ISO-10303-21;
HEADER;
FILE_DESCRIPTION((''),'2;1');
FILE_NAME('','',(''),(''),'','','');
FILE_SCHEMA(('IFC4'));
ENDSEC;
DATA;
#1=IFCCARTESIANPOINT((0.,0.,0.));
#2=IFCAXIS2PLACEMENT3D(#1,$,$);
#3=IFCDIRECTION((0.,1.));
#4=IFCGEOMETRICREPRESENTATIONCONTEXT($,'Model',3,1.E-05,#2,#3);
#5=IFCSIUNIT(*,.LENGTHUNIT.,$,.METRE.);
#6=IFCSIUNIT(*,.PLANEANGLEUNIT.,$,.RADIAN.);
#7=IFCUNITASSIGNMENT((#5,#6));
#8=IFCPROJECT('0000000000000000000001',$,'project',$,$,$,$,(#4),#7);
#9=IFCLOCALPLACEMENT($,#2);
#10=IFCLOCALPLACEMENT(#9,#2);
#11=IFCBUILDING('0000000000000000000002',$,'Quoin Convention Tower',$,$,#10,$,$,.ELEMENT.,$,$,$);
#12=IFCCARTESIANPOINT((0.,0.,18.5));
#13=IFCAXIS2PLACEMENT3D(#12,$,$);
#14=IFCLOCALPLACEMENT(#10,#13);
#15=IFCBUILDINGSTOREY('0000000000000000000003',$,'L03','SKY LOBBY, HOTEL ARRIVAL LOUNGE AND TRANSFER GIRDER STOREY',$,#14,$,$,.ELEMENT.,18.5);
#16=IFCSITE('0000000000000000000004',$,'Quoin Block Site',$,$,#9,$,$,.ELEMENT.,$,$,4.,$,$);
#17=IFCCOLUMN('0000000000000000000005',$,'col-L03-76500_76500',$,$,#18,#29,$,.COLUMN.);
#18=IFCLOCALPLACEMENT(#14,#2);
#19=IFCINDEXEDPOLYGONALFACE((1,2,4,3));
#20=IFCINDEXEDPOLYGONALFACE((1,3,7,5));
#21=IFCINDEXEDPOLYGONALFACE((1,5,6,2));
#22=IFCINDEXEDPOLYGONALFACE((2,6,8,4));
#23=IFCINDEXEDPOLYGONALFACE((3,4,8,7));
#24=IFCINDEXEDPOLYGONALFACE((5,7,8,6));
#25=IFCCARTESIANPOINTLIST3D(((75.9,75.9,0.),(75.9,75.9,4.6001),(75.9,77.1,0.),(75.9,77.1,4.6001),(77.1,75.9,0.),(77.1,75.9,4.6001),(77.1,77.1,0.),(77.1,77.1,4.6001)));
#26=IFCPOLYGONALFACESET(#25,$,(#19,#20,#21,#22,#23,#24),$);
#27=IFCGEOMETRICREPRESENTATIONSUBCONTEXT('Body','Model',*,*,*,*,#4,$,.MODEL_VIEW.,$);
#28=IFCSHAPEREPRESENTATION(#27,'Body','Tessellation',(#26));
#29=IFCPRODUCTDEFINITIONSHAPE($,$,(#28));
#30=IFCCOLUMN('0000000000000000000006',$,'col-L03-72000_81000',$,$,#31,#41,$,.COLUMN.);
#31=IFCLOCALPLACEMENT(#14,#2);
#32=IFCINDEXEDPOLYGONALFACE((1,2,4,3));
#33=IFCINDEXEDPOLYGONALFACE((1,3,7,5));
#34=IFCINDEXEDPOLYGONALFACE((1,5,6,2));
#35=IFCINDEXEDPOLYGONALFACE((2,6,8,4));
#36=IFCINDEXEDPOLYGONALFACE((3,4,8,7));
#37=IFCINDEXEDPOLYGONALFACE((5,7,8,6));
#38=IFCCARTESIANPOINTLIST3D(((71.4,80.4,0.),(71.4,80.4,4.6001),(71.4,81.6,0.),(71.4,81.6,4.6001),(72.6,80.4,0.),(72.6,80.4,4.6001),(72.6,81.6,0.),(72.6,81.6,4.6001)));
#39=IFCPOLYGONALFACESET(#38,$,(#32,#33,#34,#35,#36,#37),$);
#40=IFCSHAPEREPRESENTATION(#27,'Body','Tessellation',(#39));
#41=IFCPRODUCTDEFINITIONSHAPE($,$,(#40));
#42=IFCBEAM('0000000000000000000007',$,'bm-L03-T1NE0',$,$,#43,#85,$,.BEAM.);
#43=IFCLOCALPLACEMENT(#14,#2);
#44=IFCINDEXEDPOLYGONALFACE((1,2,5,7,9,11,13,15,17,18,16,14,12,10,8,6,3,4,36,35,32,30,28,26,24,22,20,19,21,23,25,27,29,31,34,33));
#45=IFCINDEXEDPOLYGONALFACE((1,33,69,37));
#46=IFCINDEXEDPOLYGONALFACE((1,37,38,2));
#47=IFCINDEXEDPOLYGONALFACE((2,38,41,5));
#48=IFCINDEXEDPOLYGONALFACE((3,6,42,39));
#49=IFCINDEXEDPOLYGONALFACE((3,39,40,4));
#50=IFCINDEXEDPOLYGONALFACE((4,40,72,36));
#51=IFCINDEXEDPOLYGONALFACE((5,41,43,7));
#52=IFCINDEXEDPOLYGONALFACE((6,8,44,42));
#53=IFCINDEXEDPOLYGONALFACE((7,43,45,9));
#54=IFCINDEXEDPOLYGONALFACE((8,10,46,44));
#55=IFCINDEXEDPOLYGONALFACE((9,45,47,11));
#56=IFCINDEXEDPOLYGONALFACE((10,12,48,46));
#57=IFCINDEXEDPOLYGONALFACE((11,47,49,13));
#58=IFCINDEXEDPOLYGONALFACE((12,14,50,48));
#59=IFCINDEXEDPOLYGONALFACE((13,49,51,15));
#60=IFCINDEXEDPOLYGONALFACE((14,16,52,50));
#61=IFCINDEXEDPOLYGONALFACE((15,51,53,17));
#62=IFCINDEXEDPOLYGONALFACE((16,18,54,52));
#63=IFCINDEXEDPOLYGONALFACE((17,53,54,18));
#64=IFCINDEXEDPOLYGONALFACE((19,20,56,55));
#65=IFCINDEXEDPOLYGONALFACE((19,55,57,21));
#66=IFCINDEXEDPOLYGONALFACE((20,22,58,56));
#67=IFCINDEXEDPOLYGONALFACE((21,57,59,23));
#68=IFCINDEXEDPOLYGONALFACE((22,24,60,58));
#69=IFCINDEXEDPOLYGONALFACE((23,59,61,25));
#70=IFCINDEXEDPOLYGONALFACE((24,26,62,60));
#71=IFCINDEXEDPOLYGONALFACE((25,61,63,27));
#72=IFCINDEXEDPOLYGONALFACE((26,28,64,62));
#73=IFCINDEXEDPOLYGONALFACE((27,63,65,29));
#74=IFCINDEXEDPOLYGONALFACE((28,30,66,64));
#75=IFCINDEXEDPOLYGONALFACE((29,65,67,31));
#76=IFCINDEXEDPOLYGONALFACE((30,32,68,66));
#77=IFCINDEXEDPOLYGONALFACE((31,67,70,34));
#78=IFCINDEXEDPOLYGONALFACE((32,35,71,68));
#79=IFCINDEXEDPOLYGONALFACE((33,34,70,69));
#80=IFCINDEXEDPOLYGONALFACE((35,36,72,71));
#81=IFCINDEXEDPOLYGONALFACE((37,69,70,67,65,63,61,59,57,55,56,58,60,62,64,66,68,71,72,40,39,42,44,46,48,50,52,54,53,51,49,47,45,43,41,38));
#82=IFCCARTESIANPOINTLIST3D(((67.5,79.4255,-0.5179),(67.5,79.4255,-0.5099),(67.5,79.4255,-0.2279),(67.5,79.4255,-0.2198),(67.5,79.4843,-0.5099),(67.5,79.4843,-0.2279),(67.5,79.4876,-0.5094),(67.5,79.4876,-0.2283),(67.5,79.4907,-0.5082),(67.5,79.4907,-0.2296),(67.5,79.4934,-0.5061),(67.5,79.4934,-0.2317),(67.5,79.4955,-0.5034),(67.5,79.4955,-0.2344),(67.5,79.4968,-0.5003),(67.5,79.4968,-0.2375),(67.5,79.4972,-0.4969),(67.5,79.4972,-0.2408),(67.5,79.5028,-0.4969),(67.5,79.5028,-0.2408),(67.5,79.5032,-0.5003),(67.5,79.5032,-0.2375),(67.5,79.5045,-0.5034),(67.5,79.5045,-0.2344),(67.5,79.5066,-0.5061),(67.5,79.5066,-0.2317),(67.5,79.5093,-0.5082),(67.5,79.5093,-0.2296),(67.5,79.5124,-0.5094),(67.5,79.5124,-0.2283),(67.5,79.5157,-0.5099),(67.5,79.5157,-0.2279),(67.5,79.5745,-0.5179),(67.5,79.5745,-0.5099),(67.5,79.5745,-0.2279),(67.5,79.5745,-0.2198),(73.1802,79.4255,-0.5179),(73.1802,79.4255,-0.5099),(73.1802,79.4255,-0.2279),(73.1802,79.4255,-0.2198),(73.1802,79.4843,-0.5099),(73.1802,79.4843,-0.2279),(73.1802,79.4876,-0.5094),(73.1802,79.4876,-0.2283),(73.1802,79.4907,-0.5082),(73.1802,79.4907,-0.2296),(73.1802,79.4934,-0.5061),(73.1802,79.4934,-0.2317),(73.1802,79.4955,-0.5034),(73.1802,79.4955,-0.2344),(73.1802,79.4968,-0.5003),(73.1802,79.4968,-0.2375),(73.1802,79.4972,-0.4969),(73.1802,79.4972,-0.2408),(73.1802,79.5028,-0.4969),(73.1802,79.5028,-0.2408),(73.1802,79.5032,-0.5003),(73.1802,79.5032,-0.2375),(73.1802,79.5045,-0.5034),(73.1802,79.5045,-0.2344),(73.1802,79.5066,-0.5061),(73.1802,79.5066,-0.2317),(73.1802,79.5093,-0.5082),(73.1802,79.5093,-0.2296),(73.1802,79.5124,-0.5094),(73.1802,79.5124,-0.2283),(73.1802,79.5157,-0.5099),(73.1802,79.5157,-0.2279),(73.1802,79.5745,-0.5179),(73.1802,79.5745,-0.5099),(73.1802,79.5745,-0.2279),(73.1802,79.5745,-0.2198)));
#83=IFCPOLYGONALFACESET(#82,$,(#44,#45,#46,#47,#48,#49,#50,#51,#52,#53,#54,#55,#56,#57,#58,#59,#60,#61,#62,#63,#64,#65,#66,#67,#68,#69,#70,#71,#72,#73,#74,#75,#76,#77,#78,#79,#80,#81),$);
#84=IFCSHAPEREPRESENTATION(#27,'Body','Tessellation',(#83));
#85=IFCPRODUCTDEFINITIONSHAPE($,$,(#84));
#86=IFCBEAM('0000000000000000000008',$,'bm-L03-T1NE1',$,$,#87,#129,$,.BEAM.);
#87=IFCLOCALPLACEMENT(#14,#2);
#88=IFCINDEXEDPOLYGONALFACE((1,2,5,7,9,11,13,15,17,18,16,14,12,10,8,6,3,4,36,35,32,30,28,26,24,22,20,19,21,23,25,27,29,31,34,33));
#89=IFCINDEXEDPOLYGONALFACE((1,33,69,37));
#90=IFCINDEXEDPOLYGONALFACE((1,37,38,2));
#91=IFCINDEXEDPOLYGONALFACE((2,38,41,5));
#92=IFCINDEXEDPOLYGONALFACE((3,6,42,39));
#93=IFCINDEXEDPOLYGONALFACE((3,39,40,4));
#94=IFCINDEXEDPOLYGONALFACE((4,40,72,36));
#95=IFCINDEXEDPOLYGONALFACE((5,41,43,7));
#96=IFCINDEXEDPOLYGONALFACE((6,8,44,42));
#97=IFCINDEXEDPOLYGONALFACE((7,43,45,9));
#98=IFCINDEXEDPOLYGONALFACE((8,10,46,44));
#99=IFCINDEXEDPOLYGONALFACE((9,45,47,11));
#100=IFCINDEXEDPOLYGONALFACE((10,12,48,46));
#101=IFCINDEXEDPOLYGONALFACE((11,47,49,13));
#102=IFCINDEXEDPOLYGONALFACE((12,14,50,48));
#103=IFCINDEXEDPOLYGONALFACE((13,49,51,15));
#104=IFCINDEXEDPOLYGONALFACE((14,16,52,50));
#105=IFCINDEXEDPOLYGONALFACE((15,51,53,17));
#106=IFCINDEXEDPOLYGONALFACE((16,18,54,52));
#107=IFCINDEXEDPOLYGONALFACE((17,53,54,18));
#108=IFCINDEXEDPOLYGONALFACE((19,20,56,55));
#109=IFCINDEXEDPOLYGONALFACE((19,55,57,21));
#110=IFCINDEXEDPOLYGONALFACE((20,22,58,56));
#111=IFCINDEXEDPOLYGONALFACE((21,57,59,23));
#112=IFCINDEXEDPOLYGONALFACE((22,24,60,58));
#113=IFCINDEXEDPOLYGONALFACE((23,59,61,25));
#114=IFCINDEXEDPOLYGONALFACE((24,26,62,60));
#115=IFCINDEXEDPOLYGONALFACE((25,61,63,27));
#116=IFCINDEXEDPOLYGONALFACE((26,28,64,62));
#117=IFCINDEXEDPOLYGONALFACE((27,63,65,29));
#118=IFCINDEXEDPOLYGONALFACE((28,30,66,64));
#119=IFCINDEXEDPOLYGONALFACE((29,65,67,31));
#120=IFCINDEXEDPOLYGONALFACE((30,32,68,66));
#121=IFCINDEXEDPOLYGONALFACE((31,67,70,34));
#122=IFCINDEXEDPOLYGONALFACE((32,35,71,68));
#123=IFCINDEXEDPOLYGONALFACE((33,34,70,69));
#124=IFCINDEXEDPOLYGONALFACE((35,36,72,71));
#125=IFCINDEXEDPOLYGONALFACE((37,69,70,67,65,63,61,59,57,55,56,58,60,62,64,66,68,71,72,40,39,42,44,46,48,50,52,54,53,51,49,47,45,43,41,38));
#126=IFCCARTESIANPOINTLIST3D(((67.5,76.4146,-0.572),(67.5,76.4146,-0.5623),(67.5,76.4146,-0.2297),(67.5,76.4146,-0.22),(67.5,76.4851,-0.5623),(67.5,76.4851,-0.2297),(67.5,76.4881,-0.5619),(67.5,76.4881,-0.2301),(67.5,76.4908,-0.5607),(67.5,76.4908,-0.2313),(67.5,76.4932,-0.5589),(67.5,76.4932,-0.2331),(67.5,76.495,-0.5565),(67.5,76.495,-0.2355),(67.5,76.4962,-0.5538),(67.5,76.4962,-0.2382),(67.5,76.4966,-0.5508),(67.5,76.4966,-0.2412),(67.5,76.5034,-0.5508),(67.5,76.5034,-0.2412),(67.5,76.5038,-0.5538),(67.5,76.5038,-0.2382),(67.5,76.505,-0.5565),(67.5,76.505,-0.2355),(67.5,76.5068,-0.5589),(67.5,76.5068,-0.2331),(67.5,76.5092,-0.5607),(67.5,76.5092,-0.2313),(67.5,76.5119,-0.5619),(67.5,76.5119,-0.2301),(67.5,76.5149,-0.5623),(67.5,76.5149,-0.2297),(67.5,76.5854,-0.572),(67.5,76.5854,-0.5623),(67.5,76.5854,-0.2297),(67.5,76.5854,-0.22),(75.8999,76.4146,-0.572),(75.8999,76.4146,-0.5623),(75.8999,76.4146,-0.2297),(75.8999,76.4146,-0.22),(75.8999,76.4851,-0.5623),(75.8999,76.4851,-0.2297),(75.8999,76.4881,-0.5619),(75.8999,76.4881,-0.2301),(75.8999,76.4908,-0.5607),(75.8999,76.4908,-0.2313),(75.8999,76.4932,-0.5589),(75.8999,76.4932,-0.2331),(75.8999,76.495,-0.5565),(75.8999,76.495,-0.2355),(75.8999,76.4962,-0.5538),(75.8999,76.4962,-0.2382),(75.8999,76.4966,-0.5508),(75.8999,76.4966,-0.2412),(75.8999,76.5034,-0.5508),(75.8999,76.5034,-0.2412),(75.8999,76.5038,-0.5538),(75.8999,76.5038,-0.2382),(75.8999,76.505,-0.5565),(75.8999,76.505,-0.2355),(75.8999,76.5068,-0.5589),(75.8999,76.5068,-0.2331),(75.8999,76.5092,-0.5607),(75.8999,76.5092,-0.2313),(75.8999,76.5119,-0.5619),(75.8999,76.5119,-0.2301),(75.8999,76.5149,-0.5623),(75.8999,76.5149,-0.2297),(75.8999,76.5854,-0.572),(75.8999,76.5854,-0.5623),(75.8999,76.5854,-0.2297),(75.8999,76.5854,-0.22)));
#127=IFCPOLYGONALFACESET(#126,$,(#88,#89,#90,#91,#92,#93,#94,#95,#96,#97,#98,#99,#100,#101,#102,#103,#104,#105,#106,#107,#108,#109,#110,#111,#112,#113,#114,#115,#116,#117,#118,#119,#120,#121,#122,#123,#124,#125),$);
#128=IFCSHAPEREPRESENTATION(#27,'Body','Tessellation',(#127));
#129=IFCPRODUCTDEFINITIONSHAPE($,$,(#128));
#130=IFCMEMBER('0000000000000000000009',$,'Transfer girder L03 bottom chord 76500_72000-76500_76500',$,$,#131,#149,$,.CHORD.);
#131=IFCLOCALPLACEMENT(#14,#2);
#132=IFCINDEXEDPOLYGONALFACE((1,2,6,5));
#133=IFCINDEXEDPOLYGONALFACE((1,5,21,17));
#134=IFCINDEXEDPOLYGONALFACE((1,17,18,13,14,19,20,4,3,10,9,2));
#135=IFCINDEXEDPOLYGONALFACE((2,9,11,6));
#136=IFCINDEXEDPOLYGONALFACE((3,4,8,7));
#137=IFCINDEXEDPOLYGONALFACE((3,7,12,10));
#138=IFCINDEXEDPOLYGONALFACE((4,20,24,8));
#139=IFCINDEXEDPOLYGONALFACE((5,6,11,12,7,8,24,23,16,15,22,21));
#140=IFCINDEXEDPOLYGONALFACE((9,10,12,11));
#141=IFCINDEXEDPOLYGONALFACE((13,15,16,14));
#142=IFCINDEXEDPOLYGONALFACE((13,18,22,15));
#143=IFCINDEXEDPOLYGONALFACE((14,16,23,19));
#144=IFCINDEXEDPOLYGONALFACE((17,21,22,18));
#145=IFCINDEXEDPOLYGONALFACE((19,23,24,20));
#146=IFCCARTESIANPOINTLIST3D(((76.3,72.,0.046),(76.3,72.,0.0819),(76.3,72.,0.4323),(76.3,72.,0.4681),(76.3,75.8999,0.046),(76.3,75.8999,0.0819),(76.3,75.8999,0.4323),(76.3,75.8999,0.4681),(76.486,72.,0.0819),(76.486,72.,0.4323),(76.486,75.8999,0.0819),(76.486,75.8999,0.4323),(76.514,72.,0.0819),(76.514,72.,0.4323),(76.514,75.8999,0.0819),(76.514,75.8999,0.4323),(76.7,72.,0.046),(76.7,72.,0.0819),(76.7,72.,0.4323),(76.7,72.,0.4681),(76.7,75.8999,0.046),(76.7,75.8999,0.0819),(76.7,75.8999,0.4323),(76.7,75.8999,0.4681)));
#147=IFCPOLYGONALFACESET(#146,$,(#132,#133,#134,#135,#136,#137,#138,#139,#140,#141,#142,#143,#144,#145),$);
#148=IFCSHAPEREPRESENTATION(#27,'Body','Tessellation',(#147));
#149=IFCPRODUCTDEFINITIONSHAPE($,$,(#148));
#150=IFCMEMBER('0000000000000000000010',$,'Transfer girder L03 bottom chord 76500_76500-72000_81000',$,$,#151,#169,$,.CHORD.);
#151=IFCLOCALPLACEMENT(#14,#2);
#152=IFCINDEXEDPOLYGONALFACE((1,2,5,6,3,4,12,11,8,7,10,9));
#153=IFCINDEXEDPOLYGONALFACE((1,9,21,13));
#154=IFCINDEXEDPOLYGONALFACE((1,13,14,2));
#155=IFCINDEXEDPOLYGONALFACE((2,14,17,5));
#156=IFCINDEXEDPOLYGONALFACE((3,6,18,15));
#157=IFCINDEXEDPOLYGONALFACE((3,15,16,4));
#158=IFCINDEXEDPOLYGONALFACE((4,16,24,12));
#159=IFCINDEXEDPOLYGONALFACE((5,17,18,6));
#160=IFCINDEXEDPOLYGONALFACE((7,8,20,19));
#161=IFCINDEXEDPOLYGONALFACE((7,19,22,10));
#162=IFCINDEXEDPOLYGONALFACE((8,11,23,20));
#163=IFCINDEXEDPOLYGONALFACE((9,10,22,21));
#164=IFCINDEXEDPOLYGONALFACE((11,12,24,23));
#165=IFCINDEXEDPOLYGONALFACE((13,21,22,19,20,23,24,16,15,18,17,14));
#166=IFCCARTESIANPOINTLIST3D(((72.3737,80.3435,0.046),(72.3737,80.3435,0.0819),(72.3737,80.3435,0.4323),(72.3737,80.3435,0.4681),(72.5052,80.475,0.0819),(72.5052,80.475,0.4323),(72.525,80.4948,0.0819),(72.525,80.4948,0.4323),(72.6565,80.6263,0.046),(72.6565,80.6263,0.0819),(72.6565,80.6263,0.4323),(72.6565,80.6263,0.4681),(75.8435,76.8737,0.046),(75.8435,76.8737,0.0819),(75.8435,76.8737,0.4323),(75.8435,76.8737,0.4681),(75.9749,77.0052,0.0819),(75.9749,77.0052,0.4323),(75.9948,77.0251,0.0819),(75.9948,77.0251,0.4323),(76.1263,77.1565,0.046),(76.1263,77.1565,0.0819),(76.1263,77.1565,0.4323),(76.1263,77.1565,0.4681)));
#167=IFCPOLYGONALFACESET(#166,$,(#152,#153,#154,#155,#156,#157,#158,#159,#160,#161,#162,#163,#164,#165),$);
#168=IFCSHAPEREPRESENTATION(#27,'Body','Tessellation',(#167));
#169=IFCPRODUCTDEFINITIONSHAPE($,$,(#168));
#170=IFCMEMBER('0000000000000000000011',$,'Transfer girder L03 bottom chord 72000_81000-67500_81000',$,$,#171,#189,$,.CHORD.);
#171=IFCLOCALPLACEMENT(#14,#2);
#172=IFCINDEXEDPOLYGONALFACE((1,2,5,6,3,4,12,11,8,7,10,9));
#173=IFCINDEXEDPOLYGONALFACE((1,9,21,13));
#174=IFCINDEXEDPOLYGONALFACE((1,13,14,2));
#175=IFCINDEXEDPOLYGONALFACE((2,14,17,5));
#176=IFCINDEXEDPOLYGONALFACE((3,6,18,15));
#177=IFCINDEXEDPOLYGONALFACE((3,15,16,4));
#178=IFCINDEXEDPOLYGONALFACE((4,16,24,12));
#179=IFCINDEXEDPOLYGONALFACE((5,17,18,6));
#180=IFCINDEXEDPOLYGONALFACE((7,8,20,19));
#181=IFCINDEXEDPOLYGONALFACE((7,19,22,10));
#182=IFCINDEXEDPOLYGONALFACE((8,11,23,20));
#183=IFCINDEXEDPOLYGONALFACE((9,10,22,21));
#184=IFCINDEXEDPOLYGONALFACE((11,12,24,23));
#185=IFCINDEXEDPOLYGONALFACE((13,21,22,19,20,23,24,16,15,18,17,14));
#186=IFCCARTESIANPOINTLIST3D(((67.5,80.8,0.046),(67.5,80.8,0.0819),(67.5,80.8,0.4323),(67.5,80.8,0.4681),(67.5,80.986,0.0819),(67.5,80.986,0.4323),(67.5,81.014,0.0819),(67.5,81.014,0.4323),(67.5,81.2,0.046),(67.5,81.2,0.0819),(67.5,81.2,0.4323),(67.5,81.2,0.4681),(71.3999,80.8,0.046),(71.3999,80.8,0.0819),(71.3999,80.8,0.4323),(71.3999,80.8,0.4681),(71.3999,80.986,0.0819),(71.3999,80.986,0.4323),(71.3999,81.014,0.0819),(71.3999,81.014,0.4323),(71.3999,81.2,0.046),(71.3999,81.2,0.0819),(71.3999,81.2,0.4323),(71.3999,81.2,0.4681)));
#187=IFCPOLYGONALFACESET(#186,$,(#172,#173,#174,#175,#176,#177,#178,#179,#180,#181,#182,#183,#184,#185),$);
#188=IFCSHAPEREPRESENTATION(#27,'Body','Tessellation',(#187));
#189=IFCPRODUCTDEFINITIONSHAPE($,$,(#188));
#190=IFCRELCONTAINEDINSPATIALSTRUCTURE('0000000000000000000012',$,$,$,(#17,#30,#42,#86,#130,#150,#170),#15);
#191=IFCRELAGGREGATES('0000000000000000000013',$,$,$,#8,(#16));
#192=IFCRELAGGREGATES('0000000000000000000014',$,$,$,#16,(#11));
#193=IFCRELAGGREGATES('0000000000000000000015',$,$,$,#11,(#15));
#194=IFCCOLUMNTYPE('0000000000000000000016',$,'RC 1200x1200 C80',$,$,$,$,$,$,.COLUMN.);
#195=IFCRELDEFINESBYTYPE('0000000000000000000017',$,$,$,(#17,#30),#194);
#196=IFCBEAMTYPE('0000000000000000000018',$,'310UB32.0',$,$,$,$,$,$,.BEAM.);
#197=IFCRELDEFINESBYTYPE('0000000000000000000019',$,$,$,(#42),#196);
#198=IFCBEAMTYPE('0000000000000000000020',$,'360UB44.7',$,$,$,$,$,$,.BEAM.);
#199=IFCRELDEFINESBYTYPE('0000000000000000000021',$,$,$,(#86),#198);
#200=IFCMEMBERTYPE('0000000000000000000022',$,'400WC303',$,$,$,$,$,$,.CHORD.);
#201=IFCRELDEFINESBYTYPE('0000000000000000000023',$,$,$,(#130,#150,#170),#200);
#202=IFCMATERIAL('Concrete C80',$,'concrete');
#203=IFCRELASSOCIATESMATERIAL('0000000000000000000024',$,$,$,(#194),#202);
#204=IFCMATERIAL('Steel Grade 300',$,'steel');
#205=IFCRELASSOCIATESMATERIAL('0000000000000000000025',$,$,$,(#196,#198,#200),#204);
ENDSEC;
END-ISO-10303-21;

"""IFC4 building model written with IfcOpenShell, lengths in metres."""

from ifc_helpers import new_model, si_unit, direction, frame, origin, origin_2d, place, context, subcontext, project, spatial, rectangle, i_section, extrude, material, material_profile, profile_set, type_object, element, save


model = new_model("IFC4")

# Units and contexts
model_context = context("Model", 3, precision=1e-05, world=origin(), true_north=direction((0.0, 1.0)))
body_context = subcontext(model_context, "Body", "Model", "MODEL_VIEW")
ifc_project = project(units=[si_unit("LENGTHUNIT", "METRE"), si_unit("PLANEANGLEUNIT", "RADIAN")], contexts=[model_context])

# Site, building, storey
site_placement = place(None, origin())
site = spatial("IfcSite", under=ifc_project, at=site_placement, Name="Quoin Block Site", CompositionType="ELEMENT", RefElevation=4.0)
building_placement = place(site_placement, origin())
building = spatial("IfcBuilding", under=site, at=building_placement, Name="Quoin Convention Tower", CompositionType="ELEMENT")
storey_placement = place(building_placement, frame((0.0, 0.0, 18.5)))
storey = spatial("IfcBuildingStorey", under=building, at=storey_placement, Name="L03", Description="SKY LOBBY, HOTEL ARRIVAL LOUNGE AND TRANSFER GIRDER STOREY", CompositionType="ELEMENT", Elevation=18.5)

# Columns
ifc_material_1 = material(Name="Concrete C80", Category="concrete")
ifc_material_profile_1 = material_profile(ifc_material_1, rectangle(XDim=1.2, YDim=1.2, at=origin_2d()), Name="RC 1200x1200")
ifc_profile_set_1 = profile_set([ifc_material_profile_1], Name="Concrete C80")
column_type = type_object("IfcColumnType", Name="RC 1200x1200 C80", PredefinedType="COLUMN", material=ifc_profile_set_1)
for number, where, z_axis, x_axis, name in (
    (1, (76.5, 76.5, 0.0), (0.0, 0.0, 1.0), (1.0, 0.0, 0.0), "col-L03-76500_76500"),
    (2, (72.0, 81.0, 0.0), (0.0, 0.0, 1.0), (1.0, 0.0, 0.0), "col-L03-72000_81000"),
):
    element("IfcColumn", number, at=place(storey_placement, frame(where, z_axis=z_axis, x_axis=x_axis)), inside=storey, type_object=column_type, Name=name, PredefinedType="COLUMN", context=body_context, shape_type="SweptSolid", body=[
        extrude(rectangle(XDim=1.2, YDim=1.2, at=origin_2d()), origin(), (0.0, 0.0, 1.0), 4.6001),
    ])

# Beams
ifc_material_2 = material(Name="Steel Grade 300", Category="steel")
ifc_material_profile_2 = material_profile(ifc_material_2, i_section(OverallWidth=0.1489, OverallDepth=0.2981, WebThickness=0.0056, FlangeThickness=0.0081, FilletRadius=0.0129, at=origin_2d()), Name="310UB32.0")
ifc_profile_set_2 = profile_set([ifc_material_profile_2], Name="Steel Grade 300")
beam_type_1 = type_object("IfcBeamType", Name="310UB32.0", PredefinedType="BEAM", material=ifc_profile_set_2)
beam_1_placement = place(storey_placement, frame((67.5, 79.5, -0.3689), z_axis=(1.0, 0.0, 0.0), x_axis=(0.0, 1.0, 0.0)))
element("IfcBeam", 3, at=beam_1_placement, inside=storey, type_object=beam_type_1, Name="bm-L03-T1NE0", PredefinedType="BEAM", context=body_context, shape_type="SweptSolid", body=[
    extrude(i_section(OverallWidth=0.1489, OverallDepth=0.2981, WebThickness=0.0056, FlangeThickness=0.0081, FilletRadius=0.0129, at=origin_2d()), origin(), (0.0, 0.0, 1.0), 5.6802),
])
ifc_material_profile_3 = material_profile(ifc_material_2, i_section(OverallWidth=0.1709, OverallDepth=0.3521, WebThickness=0.0068, FlangeThickness=0.0098, FilletRadius=0.0115, at=origin_2d()), Name="360UB44.7")
ifc_profile_set_3 = profile_set([ifc_material_profile_3], Name="Steel Grade 300")
beam_type_2 = type_object("IfcBeamType", Name="360UB44.7", PredefinedType="BEAM", material=ifc_profile_set_3)
beam_2_placement = place(storey_placement, frame((67.5, 76.5, -0.396), z_axis=(1.0, 0.0, 0.0), x_axis=(0.0, 1.0, 0.0)))
element("IfcBeam", 4, at=beam_2_placement, inside=storey, type_object=beam_type_2, Name="bm-L03-T1NE1", PredefinedType="BEAM", context=body_context, shape_type="SweptSolid", body=[
    extrude(i_section(OverallWidth=0.1709, OverallDepth=0.3521, WebThickness=0.0068, FlangeThickness=0.0098, FilletRadius=0.0115, at=origin_2d()), origin(), (0.0, 0.0, 1.0), 8.3999),
])

# Members
ifc_material_profile_4 = material_profile(ifc_material_2, i_section(OverallWidth=0.3999, OverallDepth=0.4221, WebThickness=0.0281, FlangeThickness=0.0359, at=origin_2d()), Name="400WC303")
ifc_profile_set_4 = profile_set([ifc_material_profile_4], Name="Steel Grade 300")
member_type_1 = type_object("IfcMemberType", Name="400WC303", PredefinedType="CHORD", material=ifc_profile_set_4)
member_1_placement = place(storey_placement, frame((76.5, 72.0, 0.2571), z_axis=(0.0, 1.0, 0.0), x_axis=(-1.0, 0.0, 0.0)))
element("IfcMember", 5, at=member_1_placement, inside=storey, type_object=member_type_1, Name="Transfer girder L03 bottom chord 76500_72000-76500_76500", PredefinedType="CHORD", context=body_context, shape_type="SweptSolid", body=[
    extrude(i_section(OverallWidth=0.3999, OverallDepth=0.4221, WebThickness=0.0281, FlangeThickness=0.0359, at=origin_2d()), origin(), (0.0, 0.0, 1.0), 3.8999),
])
member_2_placement = place(storey_placement, frame((75.9849, 77.0151, 0.2571), z_axis=(-0.707107, 0.707107, 0.0), x_axis=(-0.707107, -0.707107, 0.0)))
element("IfcMember", 6, at=member_2_placement, inside=storey, type_object=member_type_1, Name="Transfer girder L03 bottom chord 76500_76500-72000_81000", PredefinedType="CHORD", context=body_context, shape_type="SweptSolid", body=[
    extrude(i_section(OverallWidth=0.3999, OverallDepth=0.4221, WebThickness=0.0281, FlangeThickness=0.0359, at=origin_2d()), origin(), (0.0, 0.0, 1.0), 4.907),
])
member_3_placement = place(storey_placement, frame((71.3999, 81.0, 0.2571), z_axis=(-1.0, 0.0, 0.0), x_axis=(0.0, -1.0, 0.0)))
element("IfcMember", 7, at=member_3_placement, inside=storey, type_object=member_type_1, Name="Transfer girder L03 bottom chord 72000_81000-67500_81000", PredefinedType="CHORD", context=body_context, shape_type="SweptSolid", body=[
    extrude(i_section(OverallWidth=0.3999, OverallDepth=0.4221, WebThickness=0.0281, FlangeThickness=0.0359, at=origin_2d()), origin(), (0.0, 0.0, 1.0), 3.8999),
])

save(model, "model.ifc")
